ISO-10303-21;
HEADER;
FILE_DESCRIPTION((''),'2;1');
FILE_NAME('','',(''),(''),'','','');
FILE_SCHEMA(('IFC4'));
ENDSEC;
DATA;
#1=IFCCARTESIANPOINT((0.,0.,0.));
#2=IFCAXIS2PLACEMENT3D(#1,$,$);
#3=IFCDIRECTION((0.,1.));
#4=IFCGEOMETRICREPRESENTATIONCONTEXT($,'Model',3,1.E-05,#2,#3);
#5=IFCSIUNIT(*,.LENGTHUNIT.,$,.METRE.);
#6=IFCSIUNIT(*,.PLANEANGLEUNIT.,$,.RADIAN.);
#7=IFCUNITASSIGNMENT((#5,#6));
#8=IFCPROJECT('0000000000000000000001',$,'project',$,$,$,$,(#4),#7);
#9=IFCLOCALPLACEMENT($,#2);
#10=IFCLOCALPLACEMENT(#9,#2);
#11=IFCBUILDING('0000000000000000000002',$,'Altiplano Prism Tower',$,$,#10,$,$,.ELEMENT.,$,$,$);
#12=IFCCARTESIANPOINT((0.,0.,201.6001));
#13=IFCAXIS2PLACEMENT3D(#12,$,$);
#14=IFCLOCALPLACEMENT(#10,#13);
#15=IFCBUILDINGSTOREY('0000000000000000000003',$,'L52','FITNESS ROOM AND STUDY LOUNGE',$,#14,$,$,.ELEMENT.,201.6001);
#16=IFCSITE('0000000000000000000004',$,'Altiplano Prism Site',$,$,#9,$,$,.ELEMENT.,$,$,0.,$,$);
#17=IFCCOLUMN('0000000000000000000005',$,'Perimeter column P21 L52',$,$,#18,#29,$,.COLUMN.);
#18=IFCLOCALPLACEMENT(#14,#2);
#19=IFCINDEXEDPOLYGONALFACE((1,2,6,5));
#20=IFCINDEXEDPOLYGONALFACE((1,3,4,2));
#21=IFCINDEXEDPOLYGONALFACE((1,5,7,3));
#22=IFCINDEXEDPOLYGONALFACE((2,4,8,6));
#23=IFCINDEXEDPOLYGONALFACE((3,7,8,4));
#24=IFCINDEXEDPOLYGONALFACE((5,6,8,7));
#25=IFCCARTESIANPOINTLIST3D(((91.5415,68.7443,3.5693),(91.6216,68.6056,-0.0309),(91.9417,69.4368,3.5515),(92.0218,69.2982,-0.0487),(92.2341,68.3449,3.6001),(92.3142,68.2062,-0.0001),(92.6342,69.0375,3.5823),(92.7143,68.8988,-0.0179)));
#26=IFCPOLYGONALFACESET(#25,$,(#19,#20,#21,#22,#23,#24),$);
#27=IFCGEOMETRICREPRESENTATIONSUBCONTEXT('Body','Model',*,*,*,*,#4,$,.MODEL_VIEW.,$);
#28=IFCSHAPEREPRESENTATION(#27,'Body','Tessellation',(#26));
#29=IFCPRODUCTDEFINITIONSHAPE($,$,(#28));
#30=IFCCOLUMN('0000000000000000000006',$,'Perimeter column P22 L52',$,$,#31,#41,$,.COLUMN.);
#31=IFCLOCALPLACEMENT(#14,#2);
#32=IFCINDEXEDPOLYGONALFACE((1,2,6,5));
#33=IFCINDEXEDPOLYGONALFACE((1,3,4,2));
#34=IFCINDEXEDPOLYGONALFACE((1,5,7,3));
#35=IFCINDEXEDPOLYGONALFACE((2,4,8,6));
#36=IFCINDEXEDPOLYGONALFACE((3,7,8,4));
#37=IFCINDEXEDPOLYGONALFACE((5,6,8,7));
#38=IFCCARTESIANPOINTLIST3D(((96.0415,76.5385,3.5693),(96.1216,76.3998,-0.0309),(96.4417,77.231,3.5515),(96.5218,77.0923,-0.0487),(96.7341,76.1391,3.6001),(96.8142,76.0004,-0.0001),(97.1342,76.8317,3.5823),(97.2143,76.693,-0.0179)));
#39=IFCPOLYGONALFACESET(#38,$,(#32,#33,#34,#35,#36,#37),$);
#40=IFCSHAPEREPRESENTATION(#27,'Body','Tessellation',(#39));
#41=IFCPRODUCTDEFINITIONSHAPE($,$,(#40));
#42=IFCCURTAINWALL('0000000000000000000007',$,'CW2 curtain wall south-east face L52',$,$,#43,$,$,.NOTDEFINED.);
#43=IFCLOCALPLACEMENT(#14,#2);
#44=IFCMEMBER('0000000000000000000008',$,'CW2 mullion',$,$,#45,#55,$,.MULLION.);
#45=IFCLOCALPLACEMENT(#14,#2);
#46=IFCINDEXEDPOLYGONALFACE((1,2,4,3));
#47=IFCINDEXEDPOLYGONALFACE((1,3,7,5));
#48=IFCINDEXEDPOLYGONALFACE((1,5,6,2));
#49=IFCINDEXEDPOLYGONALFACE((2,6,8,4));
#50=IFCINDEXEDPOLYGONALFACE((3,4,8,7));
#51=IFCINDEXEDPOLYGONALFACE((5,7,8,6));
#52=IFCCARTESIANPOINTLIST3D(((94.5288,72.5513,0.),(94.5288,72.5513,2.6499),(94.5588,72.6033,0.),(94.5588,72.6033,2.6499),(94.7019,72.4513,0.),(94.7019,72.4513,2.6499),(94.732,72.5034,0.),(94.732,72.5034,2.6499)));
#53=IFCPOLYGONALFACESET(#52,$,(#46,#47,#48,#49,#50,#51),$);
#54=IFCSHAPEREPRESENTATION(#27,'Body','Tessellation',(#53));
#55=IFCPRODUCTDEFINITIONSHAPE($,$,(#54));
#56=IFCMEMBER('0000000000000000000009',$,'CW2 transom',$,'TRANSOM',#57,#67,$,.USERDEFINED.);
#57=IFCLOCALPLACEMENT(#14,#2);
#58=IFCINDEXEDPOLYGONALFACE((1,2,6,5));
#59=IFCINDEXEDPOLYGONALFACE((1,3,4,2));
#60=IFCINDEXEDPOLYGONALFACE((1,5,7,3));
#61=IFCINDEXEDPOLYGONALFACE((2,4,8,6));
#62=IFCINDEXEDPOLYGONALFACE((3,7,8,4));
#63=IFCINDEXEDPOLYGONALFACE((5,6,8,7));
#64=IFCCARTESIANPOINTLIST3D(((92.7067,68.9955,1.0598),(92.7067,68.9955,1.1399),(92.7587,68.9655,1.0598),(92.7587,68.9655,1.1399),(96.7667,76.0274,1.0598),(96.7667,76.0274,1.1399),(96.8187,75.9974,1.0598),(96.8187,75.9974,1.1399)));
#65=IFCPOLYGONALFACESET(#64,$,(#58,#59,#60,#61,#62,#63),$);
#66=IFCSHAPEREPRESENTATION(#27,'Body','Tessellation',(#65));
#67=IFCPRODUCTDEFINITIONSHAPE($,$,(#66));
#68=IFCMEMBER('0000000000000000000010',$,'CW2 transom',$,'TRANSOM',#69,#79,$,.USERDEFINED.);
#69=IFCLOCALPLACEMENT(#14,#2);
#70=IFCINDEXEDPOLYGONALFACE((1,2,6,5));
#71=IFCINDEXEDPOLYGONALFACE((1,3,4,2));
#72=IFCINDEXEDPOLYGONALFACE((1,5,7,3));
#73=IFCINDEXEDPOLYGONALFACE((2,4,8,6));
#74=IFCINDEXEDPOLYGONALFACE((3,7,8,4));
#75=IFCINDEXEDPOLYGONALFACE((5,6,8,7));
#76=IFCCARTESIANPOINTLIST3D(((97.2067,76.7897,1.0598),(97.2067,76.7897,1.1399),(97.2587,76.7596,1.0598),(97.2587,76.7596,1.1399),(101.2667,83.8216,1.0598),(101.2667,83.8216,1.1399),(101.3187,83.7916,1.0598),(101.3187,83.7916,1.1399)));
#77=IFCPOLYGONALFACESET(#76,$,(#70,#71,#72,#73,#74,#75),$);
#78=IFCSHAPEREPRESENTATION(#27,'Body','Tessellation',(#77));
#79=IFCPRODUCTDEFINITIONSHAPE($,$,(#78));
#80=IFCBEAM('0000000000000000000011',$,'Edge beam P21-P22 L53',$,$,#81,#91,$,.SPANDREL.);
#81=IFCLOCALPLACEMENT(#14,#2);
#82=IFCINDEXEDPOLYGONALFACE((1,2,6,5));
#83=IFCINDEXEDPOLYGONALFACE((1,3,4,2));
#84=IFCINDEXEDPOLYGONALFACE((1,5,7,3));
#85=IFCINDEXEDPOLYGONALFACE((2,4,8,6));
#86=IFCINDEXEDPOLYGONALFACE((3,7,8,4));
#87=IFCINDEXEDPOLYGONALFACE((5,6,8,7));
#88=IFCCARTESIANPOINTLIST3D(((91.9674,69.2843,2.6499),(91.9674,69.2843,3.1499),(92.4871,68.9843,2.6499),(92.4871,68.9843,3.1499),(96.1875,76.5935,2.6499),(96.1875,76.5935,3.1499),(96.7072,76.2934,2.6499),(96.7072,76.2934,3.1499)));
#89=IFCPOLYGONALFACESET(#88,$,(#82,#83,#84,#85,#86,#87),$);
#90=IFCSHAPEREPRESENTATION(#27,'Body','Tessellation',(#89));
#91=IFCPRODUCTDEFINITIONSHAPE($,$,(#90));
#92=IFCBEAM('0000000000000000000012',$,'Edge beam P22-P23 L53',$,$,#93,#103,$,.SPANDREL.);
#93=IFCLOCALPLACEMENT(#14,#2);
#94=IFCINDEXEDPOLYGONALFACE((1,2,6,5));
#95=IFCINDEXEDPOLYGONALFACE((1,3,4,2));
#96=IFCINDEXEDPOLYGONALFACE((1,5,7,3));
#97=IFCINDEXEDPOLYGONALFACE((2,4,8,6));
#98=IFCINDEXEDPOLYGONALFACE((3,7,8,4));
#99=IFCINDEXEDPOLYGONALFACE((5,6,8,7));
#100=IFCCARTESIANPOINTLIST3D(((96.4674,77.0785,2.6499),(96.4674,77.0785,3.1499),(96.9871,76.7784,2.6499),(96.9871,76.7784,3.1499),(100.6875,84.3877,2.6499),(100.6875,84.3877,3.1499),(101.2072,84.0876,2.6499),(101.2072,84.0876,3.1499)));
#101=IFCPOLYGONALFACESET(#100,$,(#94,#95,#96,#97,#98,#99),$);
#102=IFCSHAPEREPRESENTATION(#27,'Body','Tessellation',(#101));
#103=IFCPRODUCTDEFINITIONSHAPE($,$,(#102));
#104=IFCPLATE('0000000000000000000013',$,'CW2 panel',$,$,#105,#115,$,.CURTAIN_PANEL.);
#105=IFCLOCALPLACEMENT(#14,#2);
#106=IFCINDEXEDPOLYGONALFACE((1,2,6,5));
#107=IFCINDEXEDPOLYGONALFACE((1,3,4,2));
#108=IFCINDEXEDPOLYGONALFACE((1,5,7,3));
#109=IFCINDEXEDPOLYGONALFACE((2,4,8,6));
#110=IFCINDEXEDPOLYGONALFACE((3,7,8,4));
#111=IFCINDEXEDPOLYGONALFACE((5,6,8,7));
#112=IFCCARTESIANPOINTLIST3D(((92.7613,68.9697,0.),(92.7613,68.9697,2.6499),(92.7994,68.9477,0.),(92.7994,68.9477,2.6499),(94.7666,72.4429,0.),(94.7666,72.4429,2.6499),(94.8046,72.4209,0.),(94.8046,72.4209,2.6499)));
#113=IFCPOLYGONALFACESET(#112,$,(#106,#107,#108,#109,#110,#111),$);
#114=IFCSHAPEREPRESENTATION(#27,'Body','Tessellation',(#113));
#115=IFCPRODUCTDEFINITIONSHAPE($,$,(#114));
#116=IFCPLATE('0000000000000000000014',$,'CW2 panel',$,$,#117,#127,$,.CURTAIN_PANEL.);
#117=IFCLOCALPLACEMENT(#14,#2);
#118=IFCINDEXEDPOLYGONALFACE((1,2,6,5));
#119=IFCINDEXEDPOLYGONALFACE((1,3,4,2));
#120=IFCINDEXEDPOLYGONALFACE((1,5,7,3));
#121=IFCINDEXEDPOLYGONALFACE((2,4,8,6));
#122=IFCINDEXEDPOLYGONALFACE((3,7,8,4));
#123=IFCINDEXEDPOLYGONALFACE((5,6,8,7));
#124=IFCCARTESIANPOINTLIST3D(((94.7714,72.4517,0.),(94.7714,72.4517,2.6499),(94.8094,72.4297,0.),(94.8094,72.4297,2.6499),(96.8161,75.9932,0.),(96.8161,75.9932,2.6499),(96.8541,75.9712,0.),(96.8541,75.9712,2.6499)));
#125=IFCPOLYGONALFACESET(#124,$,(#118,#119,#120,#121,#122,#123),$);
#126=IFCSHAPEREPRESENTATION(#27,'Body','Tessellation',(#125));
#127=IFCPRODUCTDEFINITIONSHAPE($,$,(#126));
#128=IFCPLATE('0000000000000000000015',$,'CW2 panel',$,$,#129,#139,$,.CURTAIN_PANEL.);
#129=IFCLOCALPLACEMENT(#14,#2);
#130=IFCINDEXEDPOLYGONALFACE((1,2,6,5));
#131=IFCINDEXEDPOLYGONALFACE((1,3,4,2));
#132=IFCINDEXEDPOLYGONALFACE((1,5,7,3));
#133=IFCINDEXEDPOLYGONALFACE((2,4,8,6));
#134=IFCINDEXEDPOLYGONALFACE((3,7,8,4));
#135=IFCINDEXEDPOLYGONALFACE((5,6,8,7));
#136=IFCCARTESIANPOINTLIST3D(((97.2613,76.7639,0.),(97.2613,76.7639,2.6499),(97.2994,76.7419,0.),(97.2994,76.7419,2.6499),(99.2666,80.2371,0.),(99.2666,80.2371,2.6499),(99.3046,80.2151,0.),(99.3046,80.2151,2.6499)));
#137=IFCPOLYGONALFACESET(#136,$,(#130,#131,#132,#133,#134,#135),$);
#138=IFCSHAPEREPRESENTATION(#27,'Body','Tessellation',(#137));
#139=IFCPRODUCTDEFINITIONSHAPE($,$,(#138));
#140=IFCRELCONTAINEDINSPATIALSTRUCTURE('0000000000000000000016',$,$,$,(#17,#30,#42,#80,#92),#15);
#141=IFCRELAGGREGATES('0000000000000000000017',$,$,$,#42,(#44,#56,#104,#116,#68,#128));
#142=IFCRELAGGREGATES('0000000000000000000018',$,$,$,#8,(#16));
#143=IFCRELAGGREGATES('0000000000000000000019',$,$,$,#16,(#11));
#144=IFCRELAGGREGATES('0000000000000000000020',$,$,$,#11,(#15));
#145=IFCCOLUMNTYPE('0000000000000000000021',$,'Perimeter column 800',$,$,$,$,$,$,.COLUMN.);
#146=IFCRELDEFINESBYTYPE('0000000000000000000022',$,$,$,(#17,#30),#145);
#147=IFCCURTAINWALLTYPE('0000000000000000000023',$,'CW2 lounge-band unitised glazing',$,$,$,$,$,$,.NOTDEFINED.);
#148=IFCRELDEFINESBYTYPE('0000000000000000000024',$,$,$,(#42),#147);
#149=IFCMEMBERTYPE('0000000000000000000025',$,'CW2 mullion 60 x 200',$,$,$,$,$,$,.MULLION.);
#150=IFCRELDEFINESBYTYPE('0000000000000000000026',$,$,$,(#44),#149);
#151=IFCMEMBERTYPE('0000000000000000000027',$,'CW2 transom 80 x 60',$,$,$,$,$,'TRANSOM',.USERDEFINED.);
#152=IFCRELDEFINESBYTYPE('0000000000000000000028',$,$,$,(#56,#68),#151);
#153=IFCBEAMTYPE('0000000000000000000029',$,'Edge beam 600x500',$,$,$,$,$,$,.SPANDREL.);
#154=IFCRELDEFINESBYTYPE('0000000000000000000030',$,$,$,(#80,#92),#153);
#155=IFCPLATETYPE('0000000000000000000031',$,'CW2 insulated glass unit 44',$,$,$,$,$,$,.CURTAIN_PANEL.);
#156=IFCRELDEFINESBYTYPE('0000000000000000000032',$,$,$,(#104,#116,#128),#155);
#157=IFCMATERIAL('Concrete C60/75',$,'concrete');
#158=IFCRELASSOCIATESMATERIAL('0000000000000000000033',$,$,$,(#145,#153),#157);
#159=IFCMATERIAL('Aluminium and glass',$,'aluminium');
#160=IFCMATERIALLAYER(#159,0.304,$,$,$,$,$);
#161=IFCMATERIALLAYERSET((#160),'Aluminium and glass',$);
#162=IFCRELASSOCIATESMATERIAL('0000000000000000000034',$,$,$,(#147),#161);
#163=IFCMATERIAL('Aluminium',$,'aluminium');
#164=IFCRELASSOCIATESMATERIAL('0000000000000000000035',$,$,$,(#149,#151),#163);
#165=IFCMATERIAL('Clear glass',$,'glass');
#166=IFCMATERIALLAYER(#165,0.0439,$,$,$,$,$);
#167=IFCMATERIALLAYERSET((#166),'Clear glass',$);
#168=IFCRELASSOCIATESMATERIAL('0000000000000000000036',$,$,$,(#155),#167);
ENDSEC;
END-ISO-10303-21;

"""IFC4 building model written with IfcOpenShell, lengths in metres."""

from ifc_helpers import new_model, si_unit, direction, frame, origin, origin_2d, place, context, subcontext, project, spatial, rectangle, extrude, material, layer, layer_set, material_profile, profile_set, type_object, element, aggregate, save


model = new_model("IFC4")

# Units and contexts
model_context = context("Model", 3, precision=1e-05, world=origin(), true_north=direction((0.0, 1.0)))
body_context = subcontext(model_context, "Body", "Model", "MODEL_VIEW")
ifc_project = project(units=[si_unit("LENGTHUNIT", "METRE"), si_unit("PLANEANGLEUNIT", "RADIAN")], contexts=[model_context])

# Site, building, storey
site_placement = place(None, origin())
site = spatial("IfcSite", under=ifc_project, at=site_placement, Name="Altiplano Prism Site", CompositionType="ELEMENT", RefElevation=0.0)
building_placement = place(site_placement, origin())
building = spatial("IfcBuilding", under=site, at=building_placement, Name="Altiplano Prism Tower", CompositionType="ELEMENT")
storey_placement = place(building_placement, frame((0.0, 0.0, 201.6001)))
storey = spatial("IfcBuildingStorey", under=building, at=storey_placement, Name="L52", Description="FITNESS ROOM AND STUDY LOUNGE", CompositionType="ELEMENT", Elevation=201.6001)

# Columns
ifc_material_1 = material(Name="Concrete C60/75", Category="concrete")
ifc_material_profile_1 = material_profile(ifc_material_1, rectangle(XDim=0.8, YDim=0.8, at=origin_2d()), Name="Perimeter column 800")
ifc_profile_set_1 = profile_set([ifc_material_profile_1], Name="Concrete C60/75")
column_type = type_object("IfcColumnType", Name="Perimeter column 800", PredefinedType="COLUMN", material=ifc_profile_set_1)
for number, where, z_axis, x_axis, name in (
    (1, (92.168, 68.7522, -0.0244), (-0.022221, 0.038481, 0.999012), (-0.50017, -0.865642, 0.022218), "Perimeter column P21 L52"),
    (2, (96.668, 76.5464, -0.0244), (-0.022221, 0.038481, 0.999012), (-0.50017, -0.865642, 0.022218), "Perimeter column P22 L52"),
):
    element("IfcColumn", number, at=place(storey_placement, frame(where, z_axis=z_axis, x_axis=x_axis)), inside=storey, type_object=column_type, Name=name, PredefinedType="COLUMN", context=body_context, shape_type="SweptSolid", body=[
        extrude(rectangle(XDim=0.8, YDim=0.8, at=origin_2d()), origin(), (0.0, 0.0, 1.0), 3.6038),
    ])

# Curtain wall, members
ifc_material_2 = material(Name="Aluminium and glass", Category="aluminium")
ifc_layer_1 = layer(ifc_material_2, 0.304)
ifc_layer_set_1 = layer_set([ifc_layer_1], Name="Aluminium and glass")
curtain_wall_type = type_object("IfcCurtainWallType", Name="CW2 lounge-band unitised glazing", PredefinedType="NOTDEFINED", material=ifc_layer_set_1)
curtain_wall_placement = place(storey_placement, origin())
curtain_wall = element("IfcCurtainWall", 3, at=curtain_wall_placement, inside=storey, type_object=curtain_wall_type, Name="CW2 curtain wall south-east face L52", PredefinedType="NOTDEFINED")
ifc_material_3 = material(Name="Aluminium", Category="aluminium")
ifc_material_profile_2 = material_profile(ifc_material_3, rectangle(XDim=0.2, YDim=0.0601, at=origin_2d()), Name="CW2 mullion 60 x 200")
ifc_profile_set_2 = profile_set([ifc_material_profile_2], Name="Aluminium")
member_type_1 = type_object("IfcMemberType", Name="CW2 mullion 60 x 200", PredefinedType="MULLION", material=ifc_profile_set_2)
member_1_placement = place(storey_placement, frame((94.6304, 72.5273, 0.0), z_axis=(0.0, 0.0, 1.0), x_axis=(-0.866025, 0.5, 0.0)))
member_1 = element("IfcMember", 4, at=member_1_placement, type_object=member_type_1, Name="CW2 mullion", PredefinedType="MULLION", context=body_context, shape_type="SweptSolid", body=[
    extrude(rectangle(XDim=0.2, YDim=0.0601, at=origin_2d()), origin(), (0.0, 0.0, 1.0), 2.6499),
])
ifc_material_profile_3 = material_profile(ifc_material_3, rectangle(XDim=0.0601, YDim=0.0801, at=origin_2d()), Name="CW2 transom 80 x 60")
ifc_profile_set_3 = profile_set([ifc_material_profile_3], Name="Aluminium")
member_type_2 = type_object("IfcMemberType", Name="CW2 transom 80 x 60", ElementType="TRANSOM", PredefinedType="USERDEFINED", material=ifc_profile_set_3)
member_2_placement = place(storey_placement, frame((92.7327, 68.9805, 1.0999), z_axis=(0.500013, 0.866018, 0.0), x_axis=(-0.866018, 0.500013, 0.0)))
member_2 = element("IfcMember", 5, at=member_2_placement, type_object=member_type_2, Name="CW2 transom", ObjectType="TRANSOM", PredefinedType="USERDEFINED", context=body_context, shape_type="SweptSolid", body=[
    extrude(rectangle(XDim=0.0601, YDim=0.0801, at=origin_2d()), origin(), (0.0, 0.0, 1.0), 8.1199),
])
member_3_placement = place(storey_placement, frame((97.2327, 76.7747, 1.0999), z_axis=(0.500013, 0.866018, 0.0), x_axis=(-0.866018, 0.500013, 0.0)))
member_3 = element("IfcMember", 6, at=member_3_placement, type_object=member_type_2, Name="CW2 transom", ObjectType="TRANSOM", PredefinedType="USERDEFINED", context=body_context, shape_type="SweptSolid", body=[
    extrude(rectangle(XDim=0.0601, YDim=0.0801, at=origin_2d()), origin(), (0.0, 0.0, 1.0), 8.1199),
])

# Beams
ifc_material_profile_4 = material_profile(ifc_material_1, rectangle(XDim=0.6001, YDim=0.5, at=origin_2d()), Name="Edge beam 600x500")
ifc_profile_set_4 = profile_set([ifc_material_profile_4], Name="Concrete C60/75")
beam_type = type_object("IfcBeamType", Name="Edge beam 600x500", PredefinedType="SPANDREL", material=ifc_profile_set_4)
for number, where, z_axis, x_axis, name in (
    (7, (92.2273, 69.1343, 2.8999), (0.500006, 0.866022, 0.0), (-0.866022, 0.500006, 0.0), "Edge beam P21-P22 L53"),
    (8, (96.7273, 76.9285, 2.8999), (0.500006, 0.866022, 0.0), (-0.866022, 0.500006, 0.0), "Edge beam P22-P23 L53"),
):
    element("IfcBeam", number, at=place(storey_placement, frame(where, z_axis=z_axis, x_axis=x_axis)), inside=storey, type_object=beam_type, Name=name, PredefinedType="SPANDREL", context=body_context, shape_type="SweptSolid", body=[
        extrude(rectangle(XDim=0.6001, YDim=0.5, at=origin_2d()), origin(), (0.0, 0.0, 1.0), 8.4399),
    ])

# Plates
ifc_material_4 = material(Name="Clear glass", Category="glass")
ifc_layer_2 = layer(ifc_material_4, 0.0439)
ifc_layer_set_2 = layer_set([ifc_layer_2], Name="Clear glass")
plate_type = type_object("IfcPlateType", Name="CW2 insulated glass unit 44", PredefinedType="CURTAIN_PANEL", material=ifc_layer_set_2)
plate_1_placement = place(storey_placement, frame((93.783, 70.6953, 0.0), z_axis=(0.0, 0.0, 1.0), x_axis=(0.5, 0.866025, 0.0)))
plate_1 = element("IfcPlate", 9, at=plate_1_placement, type_object=plate_type, Name="CW2 panel", PredefinedType="CURTAIN_PANEL", context=body_context, shape_type="SweptSolid", body=[
    extrude(rectangle(XDim=4.0105, YDim=0.0439, at=origin_2d()), origin(), (0.0, 0.0, 1.0), 2.6499),
])
plate_2_placement = place(storey_placement, frame((95.8127, 74.2114, 0.0), z_axis=(0.0, 0.0, 1.0), x_axis=(0.5, 0.866025, 0.0)))
plate_2 = element("IfcPlate", 10, at=plate_2_placement, type_object=plate_type, Name="CW2 panel", PredefinedType="CURTAIN_PANEL", context=body_context, shape_type="SweptSolid", body=[
    extrude(rectangle(XDim=4.0894, YDim=0.0439, at=origin_2d()), origin(), (0.0, 0.0, 1.0), 2.6499),
])
plate_3_placement = place(storey_placement, frame((98.283, 78.4895, 0.0), z_axis=(0.0, 0.0, 1.0), x_axis=(0.5, 0.866025, 0.0)))
plate_3 = element("IfcPlate", 11, at=plate_3_placement, type_object=plate_type, Name="CW2 panel", PredefinedType="CURTAIN_PANEL", context=body_context, shape_type="SweptSolid", body=[
    extrude(rectangle(XDim=4.0105, YDim=0.0439, at=origin_2d()), origin(), (0.0, 0.0, 1.0), 2.6499),
])
aggregate(curtain_wall, [member_1, member_2, plate_1, plate_2, member_3, plate_3])

save(model, "model.ifc")
